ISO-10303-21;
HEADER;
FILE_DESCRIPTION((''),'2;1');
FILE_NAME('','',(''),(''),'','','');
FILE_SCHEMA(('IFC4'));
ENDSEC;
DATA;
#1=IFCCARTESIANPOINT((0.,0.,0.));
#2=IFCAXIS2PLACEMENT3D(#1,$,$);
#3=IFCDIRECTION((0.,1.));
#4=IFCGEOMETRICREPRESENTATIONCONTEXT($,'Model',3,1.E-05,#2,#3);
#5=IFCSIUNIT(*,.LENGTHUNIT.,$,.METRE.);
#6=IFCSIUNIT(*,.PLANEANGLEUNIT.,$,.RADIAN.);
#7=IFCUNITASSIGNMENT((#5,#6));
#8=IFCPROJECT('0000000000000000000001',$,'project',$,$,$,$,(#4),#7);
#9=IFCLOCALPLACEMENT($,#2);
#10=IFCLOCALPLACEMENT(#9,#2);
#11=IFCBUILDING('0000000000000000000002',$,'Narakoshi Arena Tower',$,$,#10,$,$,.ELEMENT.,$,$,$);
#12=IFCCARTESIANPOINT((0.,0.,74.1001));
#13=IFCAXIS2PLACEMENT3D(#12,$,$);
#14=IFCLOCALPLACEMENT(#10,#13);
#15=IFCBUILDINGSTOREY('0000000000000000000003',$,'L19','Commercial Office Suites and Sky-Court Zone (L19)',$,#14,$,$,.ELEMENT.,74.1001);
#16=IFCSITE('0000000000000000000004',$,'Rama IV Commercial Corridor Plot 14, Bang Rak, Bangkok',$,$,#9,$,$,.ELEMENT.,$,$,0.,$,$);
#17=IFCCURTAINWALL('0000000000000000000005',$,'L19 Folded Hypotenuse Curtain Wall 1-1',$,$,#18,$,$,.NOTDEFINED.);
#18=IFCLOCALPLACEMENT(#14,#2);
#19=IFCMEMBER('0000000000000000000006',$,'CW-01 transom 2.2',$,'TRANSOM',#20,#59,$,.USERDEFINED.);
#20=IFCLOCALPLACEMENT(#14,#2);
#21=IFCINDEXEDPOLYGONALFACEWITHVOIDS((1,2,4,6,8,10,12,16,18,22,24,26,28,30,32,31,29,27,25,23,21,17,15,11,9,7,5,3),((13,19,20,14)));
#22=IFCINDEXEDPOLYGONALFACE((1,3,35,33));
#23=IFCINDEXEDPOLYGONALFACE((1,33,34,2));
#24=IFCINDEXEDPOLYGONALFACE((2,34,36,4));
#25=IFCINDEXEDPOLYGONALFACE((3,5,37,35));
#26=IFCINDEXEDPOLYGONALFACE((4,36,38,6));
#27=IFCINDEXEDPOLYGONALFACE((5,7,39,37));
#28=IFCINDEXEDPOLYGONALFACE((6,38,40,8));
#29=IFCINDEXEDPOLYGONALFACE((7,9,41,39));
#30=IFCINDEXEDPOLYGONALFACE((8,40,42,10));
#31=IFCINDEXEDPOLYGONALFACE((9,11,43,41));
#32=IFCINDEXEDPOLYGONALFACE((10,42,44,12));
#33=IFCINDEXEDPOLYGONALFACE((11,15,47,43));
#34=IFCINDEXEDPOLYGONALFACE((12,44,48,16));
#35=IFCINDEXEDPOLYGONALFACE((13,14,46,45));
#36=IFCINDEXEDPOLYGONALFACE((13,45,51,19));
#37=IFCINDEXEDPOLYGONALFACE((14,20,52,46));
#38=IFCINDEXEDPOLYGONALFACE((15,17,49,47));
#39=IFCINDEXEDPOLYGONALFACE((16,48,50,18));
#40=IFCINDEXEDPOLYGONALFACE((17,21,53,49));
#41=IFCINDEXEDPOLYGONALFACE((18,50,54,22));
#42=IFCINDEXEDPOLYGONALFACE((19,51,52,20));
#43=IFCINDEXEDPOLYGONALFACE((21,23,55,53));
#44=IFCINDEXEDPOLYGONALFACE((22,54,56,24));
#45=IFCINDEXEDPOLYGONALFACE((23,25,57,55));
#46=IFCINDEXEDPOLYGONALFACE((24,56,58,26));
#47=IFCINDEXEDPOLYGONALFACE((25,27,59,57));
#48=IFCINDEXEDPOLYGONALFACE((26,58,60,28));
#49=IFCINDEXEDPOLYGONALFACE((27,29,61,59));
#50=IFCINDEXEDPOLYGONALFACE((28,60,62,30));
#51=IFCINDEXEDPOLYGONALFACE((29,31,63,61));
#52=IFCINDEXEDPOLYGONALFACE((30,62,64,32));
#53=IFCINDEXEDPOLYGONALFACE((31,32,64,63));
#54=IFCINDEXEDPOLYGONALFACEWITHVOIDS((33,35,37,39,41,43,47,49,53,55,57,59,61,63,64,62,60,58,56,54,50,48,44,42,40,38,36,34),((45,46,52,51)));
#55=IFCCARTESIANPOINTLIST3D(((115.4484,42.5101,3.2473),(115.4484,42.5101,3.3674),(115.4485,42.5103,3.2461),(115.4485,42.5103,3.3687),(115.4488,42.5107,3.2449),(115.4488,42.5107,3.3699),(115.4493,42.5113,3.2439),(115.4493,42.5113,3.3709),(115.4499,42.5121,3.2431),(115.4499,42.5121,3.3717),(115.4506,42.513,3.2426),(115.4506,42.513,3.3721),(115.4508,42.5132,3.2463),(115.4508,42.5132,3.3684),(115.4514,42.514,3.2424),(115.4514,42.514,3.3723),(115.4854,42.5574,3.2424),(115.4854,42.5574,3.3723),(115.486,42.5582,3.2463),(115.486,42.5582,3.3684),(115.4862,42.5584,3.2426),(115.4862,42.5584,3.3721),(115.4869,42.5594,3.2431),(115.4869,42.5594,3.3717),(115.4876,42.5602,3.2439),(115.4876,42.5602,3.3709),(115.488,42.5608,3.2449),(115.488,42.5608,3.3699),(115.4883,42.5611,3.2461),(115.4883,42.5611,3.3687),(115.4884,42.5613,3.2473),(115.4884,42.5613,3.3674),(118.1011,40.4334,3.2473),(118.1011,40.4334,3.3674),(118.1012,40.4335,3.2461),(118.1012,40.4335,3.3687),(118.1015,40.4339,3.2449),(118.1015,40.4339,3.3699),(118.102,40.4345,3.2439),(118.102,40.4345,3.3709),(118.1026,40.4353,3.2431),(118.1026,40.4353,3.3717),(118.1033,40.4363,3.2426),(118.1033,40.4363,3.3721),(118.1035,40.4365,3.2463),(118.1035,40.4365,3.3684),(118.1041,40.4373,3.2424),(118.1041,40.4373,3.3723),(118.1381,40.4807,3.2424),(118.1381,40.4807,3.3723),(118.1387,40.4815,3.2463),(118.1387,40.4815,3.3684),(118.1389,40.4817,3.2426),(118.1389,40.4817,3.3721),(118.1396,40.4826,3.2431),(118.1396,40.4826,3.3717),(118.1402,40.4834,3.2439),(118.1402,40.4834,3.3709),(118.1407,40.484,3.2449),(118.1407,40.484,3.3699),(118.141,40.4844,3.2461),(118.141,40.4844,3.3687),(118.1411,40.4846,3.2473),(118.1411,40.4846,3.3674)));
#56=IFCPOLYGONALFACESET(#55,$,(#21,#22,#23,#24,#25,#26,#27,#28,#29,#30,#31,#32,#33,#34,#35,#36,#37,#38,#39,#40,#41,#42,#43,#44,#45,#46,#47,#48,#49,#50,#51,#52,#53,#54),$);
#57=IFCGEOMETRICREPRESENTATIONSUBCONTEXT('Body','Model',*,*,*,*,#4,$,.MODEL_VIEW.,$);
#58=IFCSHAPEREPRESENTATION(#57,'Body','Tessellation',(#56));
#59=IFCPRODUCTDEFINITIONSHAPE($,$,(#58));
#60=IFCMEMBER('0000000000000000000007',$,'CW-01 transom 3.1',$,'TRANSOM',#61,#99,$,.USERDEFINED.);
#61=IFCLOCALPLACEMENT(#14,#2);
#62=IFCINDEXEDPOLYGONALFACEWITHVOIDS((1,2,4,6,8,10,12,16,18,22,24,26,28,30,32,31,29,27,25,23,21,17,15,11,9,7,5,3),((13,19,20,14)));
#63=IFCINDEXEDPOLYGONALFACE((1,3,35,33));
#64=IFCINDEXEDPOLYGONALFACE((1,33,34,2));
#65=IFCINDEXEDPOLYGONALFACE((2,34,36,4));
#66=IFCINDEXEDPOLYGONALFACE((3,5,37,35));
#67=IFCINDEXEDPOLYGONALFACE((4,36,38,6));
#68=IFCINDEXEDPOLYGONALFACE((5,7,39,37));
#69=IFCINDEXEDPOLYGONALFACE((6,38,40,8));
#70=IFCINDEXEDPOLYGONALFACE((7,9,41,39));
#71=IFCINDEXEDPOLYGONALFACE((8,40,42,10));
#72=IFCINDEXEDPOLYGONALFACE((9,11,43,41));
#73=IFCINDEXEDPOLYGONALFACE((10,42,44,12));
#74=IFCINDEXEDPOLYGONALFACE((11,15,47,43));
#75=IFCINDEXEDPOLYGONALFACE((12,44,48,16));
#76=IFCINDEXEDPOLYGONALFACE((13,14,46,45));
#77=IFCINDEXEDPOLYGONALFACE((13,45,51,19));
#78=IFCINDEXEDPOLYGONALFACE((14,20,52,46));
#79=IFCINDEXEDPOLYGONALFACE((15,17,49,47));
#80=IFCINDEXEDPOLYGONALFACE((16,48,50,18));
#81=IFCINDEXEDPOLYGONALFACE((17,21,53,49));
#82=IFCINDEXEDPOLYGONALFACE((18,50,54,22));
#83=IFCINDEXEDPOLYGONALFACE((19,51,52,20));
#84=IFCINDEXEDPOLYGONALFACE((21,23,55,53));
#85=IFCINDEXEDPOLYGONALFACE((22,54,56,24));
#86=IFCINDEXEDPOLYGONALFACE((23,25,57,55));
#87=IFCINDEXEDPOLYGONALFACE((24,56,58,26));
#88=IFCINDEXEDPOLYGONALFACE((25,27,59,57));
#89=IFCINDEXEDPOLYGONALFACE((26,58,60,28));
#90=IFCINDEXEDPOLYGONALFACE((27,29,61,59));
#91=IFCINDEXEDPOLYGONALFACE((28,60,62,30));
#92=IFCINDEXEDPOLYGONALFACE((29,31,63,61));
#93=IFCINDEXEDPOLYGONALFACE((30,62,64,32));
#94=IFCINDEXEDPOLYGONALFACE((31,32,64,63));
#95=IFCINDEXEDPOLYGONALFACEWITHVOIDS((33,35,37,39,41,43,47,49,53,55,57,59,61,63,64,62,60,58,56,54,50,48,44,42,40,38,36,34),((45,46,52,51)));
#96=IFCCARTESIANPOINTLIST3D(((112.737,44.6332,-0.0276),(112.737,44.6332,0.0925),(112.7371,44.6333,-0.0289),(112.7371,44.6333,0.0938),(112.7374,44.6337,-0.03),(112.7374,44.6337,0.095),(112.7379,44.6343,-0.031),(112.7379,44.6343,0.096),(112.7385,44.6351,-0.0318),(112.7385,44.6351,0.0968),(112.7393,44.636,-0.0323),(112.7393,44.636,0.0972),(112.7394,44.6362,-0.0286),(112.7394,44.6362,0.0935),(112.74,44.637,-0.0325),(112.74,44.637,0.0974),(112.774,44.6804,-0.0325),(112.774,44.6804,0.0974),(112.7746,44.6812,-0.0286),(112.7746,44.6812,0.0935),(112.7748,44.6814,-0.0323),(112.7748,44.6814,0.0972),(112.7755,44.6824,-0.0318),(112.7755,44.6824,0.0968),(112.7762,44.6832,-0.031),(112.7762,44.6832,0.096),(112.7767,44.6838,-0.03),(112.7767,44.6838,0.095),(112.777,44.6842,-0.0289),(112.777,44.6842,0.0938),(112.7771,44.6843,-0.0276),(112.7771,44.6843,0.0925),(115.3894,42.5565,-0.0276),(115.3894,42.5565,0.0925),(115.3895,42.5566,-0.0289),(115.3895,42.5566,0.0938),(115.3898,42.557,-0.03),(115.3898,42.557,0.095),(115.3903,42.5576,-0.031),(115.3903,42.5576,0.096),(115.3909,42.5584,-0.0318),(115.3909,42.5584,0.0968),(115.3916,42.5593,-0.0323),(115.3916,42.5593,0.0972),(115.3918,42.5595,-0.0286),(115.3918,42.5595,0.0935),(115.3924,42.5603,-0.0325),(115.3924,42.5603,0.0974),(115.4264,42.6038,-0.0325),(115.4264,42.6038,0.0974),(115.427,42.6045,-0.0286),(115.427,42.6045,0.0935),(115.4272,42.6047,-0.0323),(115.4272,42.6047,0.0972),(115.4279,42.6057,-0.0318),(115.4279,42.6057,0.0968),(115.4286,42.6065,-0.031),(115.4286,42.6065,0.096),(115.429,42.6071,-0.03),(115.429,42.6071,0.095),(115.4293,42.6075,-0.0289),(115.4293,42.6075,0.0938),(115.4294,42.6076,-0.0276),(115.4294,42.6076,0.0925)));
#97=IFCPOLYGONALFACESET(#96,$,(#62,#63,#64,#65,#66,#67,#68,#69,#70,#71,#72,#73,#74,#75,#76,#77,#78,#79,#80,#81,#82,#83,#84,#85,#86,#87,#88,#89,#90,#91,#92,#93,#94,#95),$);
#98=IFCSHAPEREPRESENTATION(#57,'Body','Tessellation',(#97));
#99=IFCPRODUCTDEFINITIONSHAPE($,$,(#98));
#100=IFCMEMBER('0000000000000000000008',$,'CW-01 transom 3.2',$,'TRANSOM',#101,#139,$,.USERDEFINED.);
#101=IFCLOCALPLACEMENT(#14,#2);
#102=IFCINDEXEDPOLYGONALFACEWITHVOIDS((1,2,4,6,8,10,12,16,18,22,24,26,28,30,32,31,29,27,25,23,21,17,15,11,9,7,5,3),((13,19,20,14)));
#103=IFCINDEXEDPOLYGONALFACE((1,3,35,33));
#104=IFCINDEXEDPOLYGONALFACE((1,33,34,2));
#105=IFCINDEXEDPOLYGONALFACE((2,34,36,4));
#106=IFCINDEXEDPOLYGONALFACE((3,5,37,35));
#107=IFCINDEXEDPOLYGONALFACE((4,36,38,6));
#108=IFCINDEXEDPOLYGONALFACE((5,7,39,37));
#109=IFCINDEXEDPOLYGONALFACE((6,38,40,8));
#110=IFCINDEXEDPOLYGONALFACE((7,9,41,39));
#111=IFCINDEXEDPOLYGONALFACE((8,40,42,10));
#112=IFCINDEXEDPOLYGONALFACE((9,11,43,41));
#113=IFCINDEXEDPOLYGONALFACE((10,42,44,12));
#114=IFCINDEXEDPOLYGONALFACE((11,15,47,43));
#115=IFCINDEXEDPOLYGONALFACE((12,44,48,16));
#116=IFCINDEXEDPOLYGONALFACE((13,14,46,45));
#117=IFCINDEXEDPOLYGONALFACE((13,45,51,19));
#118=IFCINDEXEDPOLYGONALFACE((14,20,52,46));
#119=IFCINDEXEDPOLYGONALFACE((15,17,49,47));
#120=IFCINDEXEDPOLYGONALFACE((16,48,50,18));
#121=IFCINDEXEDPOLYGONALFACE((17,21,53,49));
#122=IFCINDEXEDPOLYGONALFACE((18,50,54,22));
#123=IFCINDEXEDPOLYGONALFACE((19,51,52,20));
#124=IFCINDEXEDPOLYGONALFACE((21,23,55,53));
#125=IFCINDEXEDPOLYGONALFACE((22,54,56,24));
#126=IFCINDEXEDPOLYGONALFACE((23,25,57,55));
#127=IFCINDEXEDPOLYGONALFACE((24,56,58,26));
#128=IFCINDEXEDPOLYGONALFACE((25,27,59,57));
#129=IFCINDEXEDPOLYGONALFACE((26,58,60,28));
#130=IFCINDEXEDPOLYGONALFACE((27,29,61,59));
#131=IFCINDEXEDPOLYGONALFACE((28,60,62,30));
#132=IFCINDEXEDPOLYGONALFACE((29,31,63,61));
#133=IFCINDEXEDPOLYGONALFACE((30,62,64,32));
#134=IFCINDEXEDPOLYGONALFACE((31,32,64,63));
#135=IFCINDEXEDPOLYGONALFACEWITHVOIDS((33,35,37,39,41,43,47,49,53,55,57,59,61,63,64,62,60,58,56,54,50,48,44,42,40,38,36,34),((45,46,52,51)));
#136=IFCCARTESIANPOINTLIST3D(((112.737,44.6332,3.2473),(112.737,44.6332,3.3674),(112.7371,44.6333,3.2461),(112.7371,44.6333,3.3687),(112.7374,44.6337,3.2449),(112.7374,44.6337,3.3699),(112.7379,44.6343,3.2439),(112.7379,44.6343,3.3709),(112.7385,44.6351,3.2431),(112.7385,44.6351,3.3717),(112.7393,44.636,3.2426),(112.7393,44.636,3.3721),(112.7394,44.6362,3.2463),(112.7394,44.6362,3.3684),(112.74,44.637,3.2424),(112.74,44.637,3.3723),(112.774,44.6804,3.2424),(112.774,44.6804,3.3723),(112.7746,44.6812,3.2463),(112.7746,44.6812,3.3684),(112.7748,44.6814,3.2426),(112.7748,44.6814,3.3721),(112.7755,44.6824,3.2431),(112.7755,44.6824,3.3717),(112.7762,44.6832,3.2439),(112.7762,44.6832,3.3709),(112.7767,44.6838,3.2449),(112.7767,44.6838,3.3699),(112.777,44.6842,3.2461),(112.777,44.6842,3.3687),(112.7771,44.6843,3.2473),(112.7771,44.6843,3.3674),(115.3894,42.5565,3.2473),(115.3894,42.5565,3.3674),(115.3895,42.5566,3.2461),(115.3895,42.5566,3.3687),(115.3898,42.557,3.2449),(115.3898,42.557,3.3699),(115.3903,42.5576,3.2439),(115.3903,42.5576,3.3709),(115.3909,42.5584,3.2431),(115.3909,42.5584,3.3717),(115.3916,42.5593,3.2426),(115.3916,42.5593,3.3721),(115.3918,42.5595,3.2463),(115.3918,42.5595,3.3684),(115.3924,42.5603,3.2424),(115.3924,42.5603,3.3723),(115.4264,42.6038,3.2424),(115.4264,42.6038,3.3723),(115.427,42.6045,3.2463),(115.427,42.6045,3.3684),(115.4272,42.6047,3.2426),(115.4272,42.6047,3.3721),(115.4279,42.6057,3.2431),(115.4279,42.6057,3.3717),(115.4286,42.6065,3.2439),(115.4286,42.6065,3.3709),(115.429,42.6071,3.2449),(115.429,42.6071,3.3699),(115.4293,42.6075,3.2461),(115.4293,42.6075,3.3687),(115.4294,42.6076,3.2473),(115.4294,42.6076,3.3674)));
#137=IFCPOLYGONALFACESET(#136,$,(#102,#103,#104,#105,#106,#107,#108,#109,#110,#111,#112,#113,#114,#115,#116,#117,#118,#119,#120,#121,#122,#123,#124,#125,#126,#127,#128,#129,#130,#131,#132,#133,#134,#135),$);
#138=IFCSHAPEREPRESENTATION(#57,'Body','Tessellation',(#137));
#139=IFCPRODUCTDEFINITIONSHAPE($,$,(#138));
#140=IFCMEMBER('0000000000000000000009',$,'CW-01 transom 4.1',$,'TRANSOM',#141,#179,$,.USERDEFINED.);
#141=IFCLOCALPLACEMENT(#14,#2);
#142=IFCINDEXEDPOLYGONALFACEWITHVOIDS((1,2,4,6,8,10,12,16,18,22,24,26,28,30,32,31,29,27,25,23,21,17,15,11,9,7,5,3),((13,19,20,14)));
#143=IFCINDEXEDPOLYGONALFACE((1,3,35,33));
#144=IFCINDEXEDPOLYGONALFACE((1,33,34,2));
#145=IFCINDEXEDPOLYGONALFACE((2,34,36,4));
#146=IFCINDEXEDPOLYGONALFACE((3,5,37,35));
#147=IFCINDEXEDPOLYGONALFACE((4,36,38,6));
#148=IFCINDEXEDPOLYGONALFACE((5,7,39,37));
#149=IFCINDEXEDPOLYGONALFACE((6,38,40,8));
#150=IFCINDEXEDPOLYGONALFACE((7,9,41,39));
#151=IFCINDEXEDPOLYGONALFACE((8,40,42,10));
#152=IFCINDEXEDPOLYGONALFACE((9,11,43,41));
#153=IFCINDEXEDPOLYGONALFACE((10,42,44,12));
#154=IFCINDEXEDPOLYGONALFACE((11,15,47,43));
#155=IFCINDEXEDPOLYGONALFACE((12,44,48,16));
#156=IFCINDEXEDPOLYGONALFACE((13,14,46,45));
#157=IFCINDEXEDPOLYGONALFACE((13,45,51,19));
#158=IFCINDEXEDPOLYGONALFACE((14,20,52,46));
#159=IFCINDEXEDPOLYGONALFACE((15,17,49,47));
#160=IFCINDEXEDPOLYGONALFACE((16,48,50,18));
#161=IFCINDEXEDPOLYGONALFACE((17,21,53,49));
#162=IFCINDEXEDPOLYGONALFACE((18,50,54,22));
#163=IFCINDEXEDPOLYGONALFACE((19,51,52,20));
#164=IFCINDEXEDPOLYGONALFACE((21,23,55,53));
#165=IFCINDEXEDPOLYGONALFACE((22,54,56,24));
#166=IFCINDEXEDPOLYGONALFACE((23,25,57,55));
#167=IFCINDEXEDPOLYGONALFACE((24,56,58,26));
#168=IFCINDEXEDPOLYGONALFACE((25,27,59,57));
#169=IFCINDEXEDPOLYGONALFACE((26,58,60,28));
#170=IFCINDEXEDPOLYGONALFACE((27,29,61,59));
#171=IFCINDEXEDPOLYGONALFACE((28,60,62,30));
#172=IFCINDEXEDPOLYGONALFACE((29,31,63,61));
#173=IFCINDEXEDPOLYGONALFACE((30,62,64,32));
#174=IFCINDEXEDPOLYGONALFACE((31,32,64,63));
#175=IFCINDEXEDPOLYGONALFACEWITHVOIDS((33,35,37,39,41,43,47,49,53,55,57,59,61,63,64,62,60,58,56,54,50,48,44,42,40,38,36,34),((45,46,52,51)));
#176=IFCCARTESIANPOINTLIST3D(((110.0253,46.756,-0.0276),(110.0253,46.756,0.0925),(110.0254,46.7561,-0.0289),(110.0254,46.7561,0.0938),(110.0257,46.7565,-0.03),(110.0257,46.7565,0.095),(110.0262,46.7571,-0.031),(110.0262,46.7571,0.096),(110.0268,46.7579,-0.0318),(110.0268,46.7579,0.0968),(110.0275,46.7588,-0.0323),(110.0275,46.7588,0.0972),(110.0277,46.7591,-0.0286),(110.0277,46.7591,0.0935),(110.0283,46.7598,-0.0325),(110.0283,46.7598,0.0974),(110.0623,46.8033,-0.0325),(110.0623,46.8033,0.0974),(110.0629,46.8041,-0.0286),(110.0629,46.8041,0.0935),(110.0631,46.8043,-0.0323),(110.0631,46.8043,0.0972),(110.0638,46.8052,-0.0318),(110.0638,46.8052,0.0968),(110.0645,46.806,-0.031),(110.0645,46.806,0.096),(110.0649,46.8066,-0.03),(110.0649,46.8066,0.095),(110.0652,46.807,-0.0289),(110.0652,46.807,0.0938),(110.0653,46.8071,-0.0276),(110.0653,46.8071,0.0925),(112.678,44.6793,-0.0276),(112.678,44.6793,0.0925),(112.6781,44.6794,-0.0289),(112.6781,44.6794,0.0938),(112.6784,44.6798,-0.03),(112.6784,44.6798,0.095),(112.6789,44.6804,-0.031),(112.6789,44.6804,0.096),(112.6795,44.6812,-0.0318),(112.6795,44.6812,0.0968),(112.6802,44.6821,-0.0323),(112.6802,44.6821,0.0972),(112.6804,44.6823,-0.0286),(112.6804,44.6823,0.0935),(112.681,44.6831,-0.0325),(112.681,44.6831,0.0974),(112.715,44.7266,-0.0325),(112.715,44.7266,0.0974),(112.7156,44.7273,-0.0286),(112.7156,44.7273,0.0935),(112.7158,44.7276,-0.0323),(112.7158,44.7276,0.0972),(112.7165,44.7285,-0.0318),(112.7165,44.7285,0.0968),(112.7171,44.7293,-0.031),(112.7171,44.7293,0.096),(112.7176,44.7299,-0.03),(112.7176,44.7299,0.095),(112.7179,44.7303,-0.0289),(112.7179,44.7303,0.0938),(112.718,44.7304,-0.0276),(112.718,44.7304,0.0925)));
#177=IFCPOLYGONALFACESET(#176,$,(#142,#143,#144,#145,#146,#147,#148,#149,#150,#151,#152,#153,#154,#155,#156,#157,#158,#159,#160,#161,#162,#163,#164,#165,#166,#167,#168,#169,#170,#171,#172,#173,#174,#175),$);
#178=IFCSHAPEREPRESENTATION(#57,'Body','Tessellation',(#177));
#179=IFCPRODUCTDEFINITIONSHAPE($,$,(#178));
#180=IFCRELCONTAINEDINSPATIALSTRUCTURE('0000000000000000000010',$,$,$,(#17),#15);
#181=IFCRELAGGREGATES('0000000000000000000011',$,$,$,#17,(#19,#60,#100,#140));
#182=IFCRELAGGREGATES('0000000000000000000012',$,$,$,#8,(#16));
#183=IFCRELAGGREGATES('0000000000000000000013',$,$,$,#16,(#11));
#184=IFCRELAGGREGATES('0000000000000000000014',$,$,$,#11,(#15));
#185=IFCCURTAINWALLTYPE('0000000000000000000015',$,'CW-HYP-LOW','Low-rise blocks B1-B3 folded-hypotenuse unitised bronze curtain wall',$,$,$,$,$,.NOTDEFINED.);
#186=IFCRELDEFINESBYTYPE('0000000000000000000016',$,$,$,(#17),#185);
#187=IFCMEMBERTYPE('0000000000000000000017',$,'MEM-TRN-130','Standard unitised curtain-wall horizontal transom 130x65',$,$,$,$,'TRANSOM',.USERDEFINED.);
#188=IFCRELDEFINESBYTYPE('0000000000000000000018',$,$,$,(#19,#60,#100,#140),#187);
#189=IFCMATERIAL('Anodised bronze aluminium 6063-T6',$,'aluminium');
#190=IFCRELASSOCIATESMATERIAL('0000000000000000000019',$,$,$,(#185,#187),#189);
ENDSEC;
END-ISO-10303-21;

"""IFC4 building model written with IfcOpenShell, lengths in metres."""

from ifc_helpers import new_model, si_unit, direction, frame, origin, origin_2d, place, context, subcontext, project, spatial, hollow_rectangle, extrude, material, material_profile, profile_set, type_object, element, aggregate, save


model = new_model("IFC4")

# Units and contexts
model_context = context("Model", 3, precision=1e-05, world=origin(), true_north=direction((0.0, 1.0)))
body_context = subcontext(model_context, "Body", "Model", "MODEL_VIEW")
ifc_project = project(units=[si_unit("LENGTHUNIT", "METRE"), si_unit("PLANEANGLEUNIT", "RADIAN")], contexts=[model_context])

# Site, building, storey
site_placement = place(None, origin())
site = spatial("IfcSite", under=ifc_project, at=site_placement, Name="Rama IV Commercial Corridor Plot 14, Bang Rak, Bangkok", CompositionType="ELEMENT", RefElevation=0.0)
building_placement = place(site_placement, origin())
building = spatial("IfcBuilding", under=site, at=building_placement, Name="Narakoshi Arena Tower", CompositionType="ELEMENT")
storey_placement = place(building_placement, frame((0.0, 0.0, 74.1001)))
storey = spatial("IfcBuildingStorey", under=building, at=storey_placement, Name="L19", Description="Commercial Office Suites and Sky-Court Zone (L19)", CompositionType="ELEMENT", Elevation=74.1001)

# Curtain wall, members
ifc_material_1 = material(Name="Anodised bronze aluminium 6063-T6", Category="aluminium")
curtain_wall_type = type_object("IfcCurtainWallType", Name="CW-HYP-LOW", Description="Low-rise blocks B1-B3 folded-hypotenuse unitised bronze curtain wall", PredefinedType="NOTDEFINED", material=ifc_material_1)
curtain_wall_placement = place(storey_placement, origin())
curtain_wall = element("IfcCurtainWall", 1, at=curtain_wall_placement, inside=storey, type_object=curtain_wall_type, Name="L19 Folded Hypotenuse Curtain Wall 1-1", PredefinedType="NOTDEFINED")
ifc_material_profile_1 = material_profile(ifc_material_1, hollow_rectangle(XDim=0.0649, YDim=0.1299, WallThickness=0.0039, OuterFilletRadius=0.0049, at=origin_2d()), Name="TRN130x65x4")
ifc_profile_set_1 = profile_set([ifc_material_profile_1], Name="Anodised bronze aluminium 6063-T6")
member_type_1 = type_object("IfcMemberType", Name="MEM-TRN-130", Description="Standard unitised curtain-wall horizontal transom 130x65", ElementType="TRANSOM", PredefinedType="USERDEFINED", material=ifc_profile_set_1)
member_1_placement = place(storey_placement, frame((118.1211, 40.459, 3.3074), z_axis=(-0.787401, 0.616441, 0.0), x_axis=(-0.616441, -0.787401, 0.0)))
member_1 = element("IfcMember", 2, at=member_1_placement, type_object=member_type_1, Name="CW-01 transom 2.2", ObjectType="TRANSOM", PredefinedType="USERDEFINED", context=body_context, shape_type="SweptSolid", body=[
    extrude(hollow_rectangle(XDim=0.0649, YDim=0.1299, WallThickness=0.0039, OuterFilletRadius=0.0049, at=origin_2d()), origin(), (0.0, 0.0, 1.0), 3.3689),
])
member_2_placement = place(storey_placement, frame((115.4094, 42.582, 0.0325), z_axis=(-0.787373, 0.616476, 0.0), x_axis=(-0.616476, -0.787373, 0.0)))
member_2 = element("IfcMember", 3, at=member_2_placement, type_object=member_type_1, Name="CW-01 transom 3.1", ObjectType="TRANSOM", PredefinedType="USERDEFINED", context=body_context, shape_type="SweptSolid", body=[
    extrude(hollow_rectangle(XDim=0.0649, YDim=0.1299, WallThickness=0.0039, OuterFilletRadius=0.0049, at=origin_2d()), origin(), (0.0, 0.0, 1.0), 3.3687),
])
member_3_placement = place(storey_placement, frame((115.4094, 42.582, 3.3074), z_axis=(-0.787373, 0.616476, 0.0), x_axis=(-0.616476, -0.787373, 0.0)))
member_3 = element("IfcMember", 4, at=member_3_placement, type_object=member_type_1, Name="CW-01 transom 3.2", ObjectType="TRANSOM", PredefinedType="USERDEFINED", context=body_context, shape_type="SweptSolid", body=[
    extrude(hollow_rectangle(XDim=0.0649, YDim=0.1299, WallThickness=0.0039, OuterFilletRadius=0.0049, at=origin_2d()), origin(), (0.0, 0.0, 1.0), 3.3687),
])
member_4_placement = place(storey_placement, frame((112.698, 44.7048, 0.0325), z_axis=(-0.787401, 0.616441, 0.0), x_axis=(-0.616441, -0.787401, 0.0)))
member_4 = element("IfcMember", 5, at=member_4_placement, type_object=member_type_1, Name="CW-01 transom 4.1", ObjectType="TRANSOM", PredefinedType="USERDEFINED", context=body_context, shape_type="SweptSolid", body=[
    extrude(hollow_rectangle(XDim=0.0649, YDim=0.1299, WallThickness=0.0039, OuterFilletRadius=0.0049, at=origin_2d()), origin(), (0.0, 0.0, 1.0), 3.3689),
])
aggregate(curtain_wall, [member_1, member_2, member_3, member_4])

save(model, "model.ifc")
